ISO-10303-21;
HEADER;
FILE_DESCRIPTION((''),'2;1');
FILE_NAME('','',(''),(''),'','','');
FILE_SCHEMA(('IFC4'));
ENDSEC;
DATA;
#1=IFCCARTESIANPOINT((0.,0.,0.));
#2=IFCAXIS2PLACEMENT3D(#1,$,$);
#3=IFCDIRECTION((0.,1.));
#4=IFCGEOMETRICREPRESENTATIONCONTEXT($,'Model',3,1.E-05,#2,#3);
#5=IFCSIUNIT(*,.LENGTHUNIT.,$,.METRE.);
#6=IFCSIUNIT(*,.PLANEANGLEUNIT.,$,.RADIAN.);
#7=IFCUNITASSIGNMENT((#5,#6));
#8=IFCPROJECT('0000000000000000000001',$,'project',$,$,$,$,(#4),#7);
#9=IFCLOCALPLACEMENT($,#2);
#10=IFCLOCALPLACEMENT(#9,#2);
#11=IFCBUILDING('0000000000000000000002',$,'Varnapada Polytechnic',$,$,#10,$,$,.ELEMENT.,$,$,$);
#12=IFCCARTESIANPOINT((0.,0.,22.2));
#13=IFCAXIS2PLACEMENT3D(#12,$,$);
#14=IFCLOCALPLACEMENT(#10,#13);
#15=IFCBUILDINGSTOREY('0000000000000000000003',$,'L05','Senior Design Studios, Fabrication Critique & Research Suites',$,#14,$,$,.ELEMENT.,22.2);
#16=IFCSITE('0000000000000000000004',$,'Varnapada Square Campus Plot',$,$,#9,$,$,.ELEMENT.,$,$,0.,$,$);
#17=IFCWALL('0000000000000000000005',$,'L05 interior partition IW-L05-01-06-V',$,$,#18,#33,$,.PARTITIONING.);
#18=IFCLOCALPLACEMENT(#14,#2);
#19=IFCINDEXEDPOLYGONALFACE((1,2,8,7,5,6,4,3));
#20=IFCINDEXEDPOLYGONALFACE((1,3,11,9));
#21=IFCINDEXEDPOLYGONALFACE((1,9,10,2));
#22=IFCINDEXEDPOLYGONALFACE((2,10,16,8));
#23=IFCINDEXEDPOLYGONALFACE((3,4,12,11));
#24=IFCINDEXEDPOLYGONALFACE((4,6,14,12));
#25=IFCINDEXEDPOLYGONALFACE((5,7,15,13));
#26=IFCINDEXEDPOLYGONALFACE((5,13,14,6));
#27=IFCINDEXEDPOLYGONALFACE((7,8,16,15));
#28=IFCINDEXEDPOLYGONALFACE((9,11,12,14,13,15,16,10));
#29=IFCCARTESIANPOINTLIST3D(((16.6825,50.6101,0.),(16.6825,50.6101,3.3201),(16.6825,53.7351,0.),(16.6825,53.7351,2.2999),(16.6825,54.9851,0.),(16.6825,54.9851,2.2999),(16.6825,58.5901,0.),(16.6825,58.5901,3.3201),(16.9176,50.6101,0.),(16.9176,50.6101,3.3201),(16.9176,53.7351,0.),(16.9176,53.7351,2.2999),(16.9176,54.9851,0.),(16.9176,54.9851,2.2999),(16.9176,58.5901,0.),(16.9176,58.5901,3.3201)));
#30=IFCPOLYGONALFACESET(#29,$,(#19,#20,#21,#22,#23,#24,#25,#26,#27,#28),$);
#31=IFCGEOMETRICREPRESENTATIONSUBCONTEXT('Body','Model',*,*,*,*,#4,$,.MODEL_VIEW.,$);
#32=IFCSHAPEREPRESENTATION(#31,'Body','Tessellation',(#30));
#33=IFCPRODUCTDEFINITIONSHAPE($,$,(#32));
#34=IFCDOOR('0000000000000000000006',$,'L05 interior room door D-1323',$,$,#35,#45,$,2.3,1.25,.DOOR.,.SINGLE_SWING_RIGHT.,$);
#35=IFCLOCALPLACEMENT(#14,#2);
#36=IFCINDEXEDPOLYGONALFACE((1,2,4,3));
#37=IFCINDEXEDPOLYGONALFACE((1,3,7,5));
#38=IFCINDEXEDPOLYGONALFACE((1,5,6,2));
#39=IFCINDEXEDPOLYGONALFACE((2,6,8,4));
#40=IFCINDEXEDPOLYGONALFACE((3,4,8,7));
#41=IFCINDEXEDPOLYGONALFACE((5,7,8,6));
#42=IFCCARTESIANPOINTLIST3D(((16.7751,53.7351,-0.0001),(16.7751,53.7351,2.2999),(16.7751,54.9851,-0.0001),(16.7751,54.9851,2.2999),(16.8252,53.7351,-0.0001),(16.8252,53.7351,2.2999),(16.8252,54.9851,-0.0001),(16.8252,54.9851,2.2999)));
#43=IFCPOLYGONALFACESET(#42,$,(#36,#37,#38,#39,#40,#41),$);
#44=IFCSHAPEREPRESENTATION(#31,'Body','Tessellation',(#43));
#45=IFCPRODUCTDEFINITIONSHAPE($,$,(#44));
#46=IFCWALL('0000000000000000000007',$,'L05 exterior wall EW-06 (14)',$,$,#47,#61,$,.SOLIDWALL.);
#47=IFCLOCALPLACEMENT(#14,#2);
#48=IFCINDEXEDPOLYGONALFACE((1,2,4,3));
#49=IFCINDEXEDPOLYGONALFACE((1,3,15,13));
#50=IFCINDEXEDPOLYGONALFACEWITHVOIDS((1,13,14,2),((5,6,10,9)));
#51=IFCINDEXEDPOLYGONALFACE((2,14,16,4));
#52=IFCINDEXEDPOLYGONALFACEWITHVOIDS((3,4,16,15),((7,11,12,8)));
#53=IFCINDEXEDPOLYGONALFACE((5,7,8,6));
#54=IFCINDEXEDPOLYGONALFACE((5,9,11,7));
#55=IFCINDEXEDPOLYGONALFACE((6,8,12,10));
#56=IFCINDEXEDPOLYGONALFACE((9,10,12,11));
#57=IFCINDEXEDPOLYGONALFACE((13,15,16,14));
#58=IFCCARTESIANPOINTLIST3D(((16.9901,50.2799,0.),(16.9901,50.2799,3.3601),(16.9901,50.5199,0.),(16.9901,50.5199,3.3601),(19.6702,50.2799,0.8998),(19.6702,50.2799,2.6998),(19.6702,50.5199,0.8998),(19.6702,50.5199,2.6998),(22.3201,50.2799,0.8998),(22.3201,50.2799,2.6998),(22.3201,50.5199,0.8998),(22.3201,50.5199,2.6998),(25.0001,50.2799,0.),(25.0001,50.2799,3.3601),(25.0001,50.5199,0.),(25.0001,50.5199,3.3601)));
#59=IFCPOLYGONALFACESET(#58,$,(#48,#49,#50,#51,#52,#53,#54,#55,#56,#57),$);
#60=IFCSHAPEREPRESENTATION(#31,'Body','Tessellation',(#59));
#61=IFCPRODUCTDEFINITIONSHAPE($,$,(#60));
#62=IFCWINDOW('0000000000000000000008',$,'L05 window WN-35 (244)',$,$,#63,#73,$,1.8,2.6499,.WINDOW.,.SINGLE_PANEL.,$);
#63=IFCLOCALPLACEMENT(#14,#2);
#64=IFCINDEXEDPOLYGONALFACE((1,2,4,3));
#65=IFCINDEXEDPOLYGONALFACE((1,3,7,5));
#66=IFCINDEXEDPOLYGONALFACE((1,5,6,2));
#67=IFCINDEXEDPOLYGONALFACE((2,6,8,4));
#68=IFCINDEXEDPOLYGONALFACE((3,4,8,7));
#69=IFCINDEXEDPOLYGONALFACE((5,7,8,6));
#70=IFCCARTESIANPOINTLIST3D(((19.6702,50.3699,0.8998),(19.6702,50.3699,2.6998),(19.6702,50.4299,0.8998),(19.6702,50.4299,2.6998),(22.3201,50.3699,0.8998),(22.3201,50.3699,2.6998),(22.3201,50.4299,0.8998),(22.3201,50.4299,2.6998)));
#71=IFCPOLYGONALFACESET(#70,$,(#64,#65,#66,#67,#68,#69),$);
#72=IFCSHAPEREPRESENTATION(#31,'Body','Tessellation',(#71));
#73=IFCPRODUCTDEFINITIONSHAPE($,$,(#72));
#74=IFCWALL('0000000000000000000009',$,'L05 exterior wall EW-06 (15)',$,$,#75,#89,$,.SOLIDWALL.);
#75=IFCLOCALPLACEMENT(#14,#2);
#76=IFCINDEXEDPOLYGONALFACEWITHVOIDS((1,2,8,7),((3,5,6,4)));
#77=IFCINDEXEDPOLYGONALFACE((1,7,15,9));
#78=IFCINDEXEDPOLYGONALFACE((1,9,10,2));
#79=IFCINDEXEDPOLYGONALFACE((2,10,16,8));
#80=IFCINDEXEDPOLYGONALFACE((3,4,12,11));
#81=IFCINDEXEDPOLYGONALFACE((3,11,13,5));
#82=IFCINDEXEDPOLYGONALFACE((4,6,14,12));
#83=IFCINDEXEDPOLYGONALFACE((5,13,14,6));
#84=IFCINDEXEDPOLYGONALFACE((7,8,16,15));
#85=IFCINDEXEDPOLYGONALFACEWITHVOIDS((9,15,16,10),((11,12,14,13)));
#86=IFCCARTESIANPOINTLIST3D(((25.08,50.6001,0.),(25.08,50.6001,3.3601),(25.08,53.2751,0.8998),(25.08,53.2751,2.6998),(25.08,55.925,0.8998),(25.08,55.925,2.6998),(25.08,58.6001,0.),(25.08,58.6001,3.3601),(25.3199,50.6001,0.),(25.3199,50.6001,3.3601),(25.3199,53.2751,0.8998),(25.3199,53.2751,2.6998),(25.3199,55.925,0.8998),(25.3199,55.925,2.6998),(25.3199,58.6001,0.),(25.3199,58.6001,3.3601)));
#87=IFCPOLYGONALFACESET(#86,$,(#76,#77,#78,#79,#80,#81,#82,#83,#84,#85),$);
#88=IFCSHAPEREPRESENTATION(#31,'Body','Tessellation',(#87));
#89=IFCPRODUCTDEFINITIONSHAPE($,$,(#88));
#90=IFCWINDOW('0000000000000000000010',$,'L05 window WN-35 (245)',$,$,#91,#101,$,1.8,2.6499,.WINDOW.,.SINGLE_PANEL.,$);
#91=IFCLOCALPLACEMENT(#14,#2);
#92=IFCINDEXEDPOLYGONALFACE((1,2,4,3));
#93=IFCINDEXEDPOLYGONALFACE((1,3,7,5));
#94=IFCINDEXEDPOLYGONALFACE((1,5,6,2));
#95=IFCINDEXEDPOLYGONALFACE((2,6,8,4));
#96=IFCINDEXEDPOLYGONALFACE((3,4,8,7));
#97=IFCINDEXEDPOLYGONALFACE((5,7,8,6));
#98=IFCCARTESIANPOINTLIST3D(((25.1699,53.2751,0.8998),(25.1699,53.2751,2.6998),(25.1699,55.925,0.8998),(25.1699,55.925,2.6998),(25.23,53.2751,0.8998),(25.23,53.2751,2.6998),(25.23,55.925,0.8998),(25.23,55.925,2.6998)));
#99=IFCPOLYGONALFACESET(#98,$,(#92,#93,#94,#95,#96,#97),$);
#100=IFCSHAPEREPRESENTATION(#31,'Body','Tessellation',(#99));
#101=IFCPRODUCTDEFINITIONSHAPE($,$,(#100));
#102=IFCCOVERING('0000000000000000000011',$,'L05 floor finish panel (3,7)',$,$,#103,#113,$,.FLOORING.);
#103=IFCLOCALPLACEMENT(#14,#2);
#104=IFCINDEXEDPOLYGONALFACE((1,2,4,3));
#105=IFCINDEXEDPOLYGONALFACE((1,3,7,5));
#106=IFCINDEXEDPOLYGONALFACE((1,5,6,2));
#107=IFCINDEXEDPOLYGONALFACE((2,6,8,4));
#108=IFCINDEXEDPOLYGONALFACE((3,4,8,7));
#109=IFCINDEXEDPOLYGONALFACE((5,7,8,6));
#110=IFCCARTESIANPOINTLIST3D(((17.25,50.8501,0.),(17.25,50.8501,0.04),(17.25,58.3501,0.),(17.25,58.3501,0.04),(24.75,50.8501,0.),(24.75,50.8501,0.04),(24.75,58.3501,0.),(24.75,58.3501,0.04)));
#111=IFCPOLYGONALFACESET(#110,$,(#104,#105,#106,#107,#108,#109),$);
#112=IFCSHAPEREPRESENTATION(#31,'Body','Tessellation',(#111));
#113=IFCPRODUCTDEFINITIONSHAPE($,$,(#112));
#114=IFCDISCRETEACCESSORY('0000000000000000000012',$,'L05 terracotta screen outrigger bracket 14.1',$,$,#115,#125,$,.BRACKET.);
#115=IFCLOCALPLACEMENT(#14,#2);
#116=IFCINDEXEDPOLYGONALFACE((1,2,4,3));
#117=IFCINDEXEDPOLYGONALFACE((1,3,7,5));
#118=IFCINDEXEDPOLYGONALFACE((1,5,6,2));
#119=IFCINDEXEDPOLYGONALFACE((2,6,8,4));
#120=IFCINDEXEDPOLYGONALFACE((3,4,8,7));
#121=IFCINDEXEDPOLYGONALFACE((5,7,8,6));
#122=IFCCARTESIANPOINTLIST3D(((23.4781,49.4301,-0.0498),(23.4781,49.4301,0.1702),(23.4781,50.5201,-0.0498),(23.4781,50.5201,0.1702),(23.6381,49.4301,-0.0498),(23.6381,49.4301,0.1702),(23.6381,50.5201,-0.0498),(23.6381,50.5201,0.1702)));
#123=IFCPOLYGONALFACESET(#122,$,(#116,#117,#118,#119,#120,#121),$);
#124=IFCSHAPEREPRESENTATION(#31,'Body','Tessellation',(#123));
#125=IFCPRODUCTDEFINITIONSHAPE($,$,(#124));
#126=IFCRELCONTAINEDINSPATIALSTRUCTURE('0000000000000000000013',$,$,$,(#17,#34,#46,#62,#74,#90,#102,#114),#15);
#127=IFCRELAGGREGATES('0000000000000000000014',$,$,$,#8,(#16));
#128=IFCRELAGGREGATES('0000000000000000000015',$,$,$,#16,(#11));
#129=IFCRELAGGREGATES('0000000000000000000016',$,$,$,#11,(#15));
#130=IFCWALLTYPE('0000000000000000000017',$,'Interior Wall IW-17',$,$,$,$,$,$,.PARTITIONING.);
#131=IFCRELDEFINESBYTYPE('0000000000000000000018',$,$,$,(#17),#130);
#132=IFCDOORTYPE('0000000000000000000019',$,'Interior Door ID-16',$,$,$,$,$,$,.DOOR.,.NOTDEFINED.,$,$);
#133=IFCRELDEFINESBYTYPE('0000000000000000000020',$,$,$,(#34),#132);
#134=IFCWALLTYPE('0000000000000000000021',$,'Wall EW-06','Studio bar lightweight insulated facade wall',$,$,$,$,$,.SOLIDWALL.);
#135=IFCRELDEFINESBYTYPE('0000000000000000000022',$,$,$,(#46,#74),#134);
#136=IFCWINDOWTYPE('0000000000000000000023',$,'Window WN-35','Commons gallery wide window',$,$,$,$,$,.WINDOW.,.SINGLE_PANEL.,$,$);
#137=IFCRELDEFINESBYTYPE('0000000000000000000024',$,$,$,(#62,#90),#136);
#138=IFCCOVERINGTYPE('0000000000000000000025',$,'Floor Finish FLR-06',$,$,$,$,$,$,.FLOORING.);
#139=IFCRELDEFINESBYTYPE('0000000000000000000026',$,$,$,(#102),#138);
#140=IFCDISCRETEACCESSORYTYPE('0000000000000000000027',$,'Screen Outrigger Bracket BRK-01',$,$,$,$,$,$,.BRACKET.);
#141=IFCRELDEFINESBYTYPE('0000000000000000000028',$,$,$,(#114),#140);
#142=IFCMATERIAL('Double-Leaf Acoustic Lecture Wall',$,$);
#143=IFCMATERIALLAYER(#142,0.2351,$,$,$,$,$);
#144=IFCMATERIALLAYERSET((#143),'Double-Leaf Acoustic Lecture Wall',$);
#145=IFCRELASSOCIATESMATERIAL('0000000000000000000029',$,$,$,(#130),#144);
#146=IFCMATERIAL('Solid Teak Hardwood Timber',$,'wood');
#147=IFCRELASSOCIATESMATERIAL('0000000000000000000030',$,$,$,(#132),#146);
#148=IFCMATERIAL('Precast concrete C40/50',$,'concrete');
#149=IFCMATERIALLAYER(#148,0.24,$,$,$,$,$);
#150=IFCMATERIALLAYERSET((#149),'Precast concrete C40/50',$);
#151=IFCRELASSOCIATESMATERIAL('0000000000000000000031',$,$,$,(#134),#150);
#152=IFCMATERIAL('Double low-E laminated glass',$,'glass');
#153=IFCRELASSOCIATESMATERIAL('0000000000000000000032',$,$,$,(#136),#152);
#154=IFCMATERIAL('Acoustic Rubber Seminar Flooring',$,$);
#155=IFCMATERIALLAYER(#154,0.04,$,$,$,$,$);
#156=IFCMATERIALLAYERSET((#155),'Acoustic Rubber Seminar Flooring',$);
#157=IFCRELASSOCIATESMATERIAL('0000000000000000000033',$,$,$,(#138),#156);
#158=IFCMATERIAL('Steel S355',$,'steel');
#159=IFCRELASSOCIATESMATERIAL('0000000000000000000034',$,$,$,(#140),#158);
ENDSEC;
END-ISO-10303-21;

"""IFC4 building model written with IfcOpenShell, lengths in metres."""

from ifc_helpers import new_model, si_unit, direction, frame, frame_2d, origin, origin_2d, place, context, subcontext, project, spatial, rectangle, extrude, material, layer, layer_set, type_object, element, fill, save


model = new_model("IFC4")

# Units and contexts
model_context = context("Model", 3, precision=1e-05, world=origin(), true_north=direction((0.0, 1.0)))
body_context = subcontext(model_context, "Body", "Model", "MODEL_VIEW")
ifc_project = project(units=[si_unit("LENGTHUNIT", "METRE"), si_unit("PLANEANGLEUNIT", "RADIAN")], contexts=[model_context])

# Site, building, storey
site_placement = place(None, origin())
site = spatial("IfcSite", under=ifc_project, at=site_placement, Name="Varnapada Square Campus Plot", CompositionType="ELEMENT", RefElevation=0.0)
building_placement = place(site_placement, origin())
building = spatial("IfcBuilding", under=site, at=building_placement, Name="Varnapada Polytechnic", CompositionType="ELEMENT")
storey_placement = place(building_placement, frame((0.0, 0.0, 22.2)))
storey = spatial("IfcBuildingStorey", under=building, at=storey_placement, Name="L05", Description="Senior Design Studios, Fabrication Critique & Research Suites", CompositionType="ELEMENT", Elevation=22.2)

# Wall, opening, door
ifc_material_1 = material(Name="Double-Leaf Acoustic Lecture Wall")
ifc_layer_1 = layer(ifc_material_1, 0.2351)
ifc_layer_set_1 = layer_set([ifc_layer_1], Name="Double-Leaf Acoustic Lecture Wall")
wall_type_1 = type_object("IfcWallType", Name="Interior Wall IW-17", PredefinedType="PARTITIONING", material=ifc_layer_set_1)
wall_1_placement = place(storey_placement, frame((16.8, 50.6101, 0.0), z_axis=(0.0, 0.0, 1.0), x_axis=(0.0, 1.0, 0.0)))
wall_1 = element("IfcWall", 1, at=wall_1_placement, inside=storey, type_object=wall_type_1, Name="L05 interior partition IW-L05-01-06-V", PredefinedType="PARTITIONING", context=body_context, shape_type="SweptSolid", body=[
    extrude(rectangle(XDim=7.98, YDim=0.2351, at=frame_2d((3.99, 0.0))), origin(), (0.0, 0.0, 1.0), 3.3201),
])
opening_1_placement = place(wall_1_placement, frame((3.125, 0.0, 0.0)))
opening_1 = element("IfcOpeningElement", 2, at=opening_1_placement, cuts=wall_1, PredefinedType="OPENING", context=body_context, shape_type="SweptSolid", body=[
    extrude(rectangle(XDim=1.25, YDim=2.3, at=frame_2d((0.625, 1.1499))), frame((0.0, 0.1274, 0.0), z_axis=(0.0, -1.0, 0.0), x_axis=(1.0, 0.0, 0.0)), (0.0, 0.0, 1.0), 0.2551),
])
ifc_material_2 = material(Name="Solid Teak Hardwood Timber", Category="wood")
door_type_1 = type_object("IfcDoorType", Name="Interior Door ID-16", OperationType="NOTDEFINED", PredefinedType="DOOR", material=ifc_material_2)
door_1_placement = place(opening_1_placement, origin())
door_1 = element("IfcDoor", 3, at=door_1_placement, inside=storey, type_object=door_type_1, Name="L05 interior room door D-1323", OperationType="SINGLE_SWING_RIGHT", OverallHeight=2.3, OverallWidth=1.25, PredefinedType="DOOR", context=body_context, shape_type="SweptSolid", body=[
    extrude(rectangle(XDim=1.25, YDim=2.3, at=frame_2d((0.625, 1.1499))), frame((0.0, 0.0249, 0.0), z_axis=(0.0, -1.0, 0.0), x_axis=(1.0, 0.0, 0.0)), (0.0, 0.0, 1.0), 0.05),
])
fill(opening_1, door_1)

# Walls, openings, windows
ifc_material_3 = material(Name="Precast concrete C40/50", Category="concrete")
ifc_layer_2 = layer(ifc_material_3, 0.24)
ifc_layer_set_2 = layer_set([ifc_layer_2], Name="Precast concrete C40/50")
wall_type_2 = type_object("IfcWallType", Name="Wall EW-06", Description="Studio bar lightweight insulated facade wall", PredefinedType="SOLIDWALL", material=ifc_layer_set_2)
wall_2_placement = place(storey_placement, frame((25.0, 50.3999, 0.0), z_axis=(0.0, 0.0, 1.0), x_axis=(-1.0, 0.0, 0.0)))
wall_2 = element("IfcWall", 4, at=wall_2_placement, inside=storey, type_object=wall_type_2, Name="L05 exterior wall EW-06 (14)", PredefinedType="SOLIDWALL", context=body_context, shape_type="SweptSolid", body=[
    extrude(rectangle(XDim=8.01, YDim=0.24, at=frame_2d((4.0049, 0.0))), origin(), (0.0, 0.0, 1.0), 3.3601),
])
opening_2_placement = place(wall_2_placement, frame((2.6799, 0.0, 0.8999)))
opening_2 = element("IfcOpeningElement", 5, at=opening_2_placement, cuts=wall_2, PredefinedType="OPENING", context=body_context, shape_type="SweptSolid", body=[
    extrude(rectangle(XDim=2.6499, YDim=1.8, at=frame_2d((1.325, 0.8999))), frame((0.0, 0.1299, 0.0), z_axis=(0.0, -1.0, 0.0), x_axis=(1.0, 0.0, 0.0)), (0.0, 0.0, 1.0), 0.26),
])
ifc_material_4 = material(Name="Double low-E laminated glass", Category="glass")
window_type = type_object("IfcWindowType", Name="Window WN-35", Description="Commons gallery wide window", PartitioningType="SINGLE_PANEL", PredefinedType="WINDOW", material=ifc_material_4)
window_1_placement = place(opening_2_placement, origin())
window_1 = element("IfcWindow", 6, at=window_1_placement, inside=storey, type_object=window_type, Name="L05 window WN-35 (244)", OverallHeight=1.8, OverallWidth=2.6499, PartitioningType="SINGLE_PANEL", PredefinedType="WINDOW", context=body_context, shape_type="SweptSolid", body=[
    extrude(rectangle(XDim=2.6499, YDim=1.8, at=frame_2d((1.325, 0.8999))), frame((0.0, 0.03, 0.0), z_axis=(0.0, -1.0, 0.0), x_axis=(1.0, 0.0, 0.0)), (0.0, 0.0, 1.0), 0.0601),
])
fill(opening_2, window_1)
wall_3_placement = place(storey_placement, frame((25.2, 58.6001, 0.0), z_axis=(0.0, 0.0, 1.0), x_axis=(0.0, -1.0, 0.0)))
wall_3 = element("IfcWall", 7, at=wall_3_placement, inside=storey, type_object=wall_type_2, Name="L05 exterior wall EW-06 (15)", PredefinedType="SOLIDWALL", context=body_context, shape_type="SweptSolid", body=[
    extrude(rectangle(XDim=8.0, YDim=0.24, at=frame_2d((4.0, 0.0))), origin(), (0.0, 0.0, 1.0), 3.3601),
])
opening_3_placement = place(wall_3_placement, frame((2.675, 0.0, 0.8999)))
opening_3 = element("IfcOpeningElement", 8, at=opening_3_placement, cuts=wall_3, PredefinedType="OPENING", context=body_context, shape_type="SweptSolid", body=[
    extrude(rectangle(XDim=2.6499, YDim=1.8, at=frame_2d((1.325, 0.8999))), frame((0.0, 0.1299, 0.0), z_axis=(0.0, -1.0, 0.0), x_axis=(1.0, 0.0, 0.0)), (0.0, 0.0, 1.0), 0.26),
])
window_2_placement = place(opening_3_placement, origin())
window_2 = element("IfcWindow", 9, at=window_2_placement, inside=storey, type_object=window_type, Name="L05 window WN-35 (245)", OverallHeight=1.8, OverallWidth=2.6499, PartitioningType="SINGLE_PANEL", PredefinedType="WINDOW", context=body_context, shape_type="SweptSolid", body=[
    extrude(rectangle(XDim=2.6499, YDim=1.8, at=frame_2d((1.325, 0.8999))), frame((0.0, 0.03, 0.0), z_axis=(0.0, -1.0, 0.0), x_axis=(1.0, 0.0, 0.0)), (0.0, 0.0, 1.0), 0.0601),
])
fill(opening_3, window_2)

# Covering
ifc_material_5 = material(Name="Acoustic Rubber Seminar Flooring")
ifc_layer_3 = layer(ifc_material_5, 0.04)
ifc_layer_set_3 = layer_set([ifc_layer_3], Name="Acoustic Rubber Seminar Flooring")
covering_type = type_object("IfcCoveringType", Name="Floor Finish FLR-06", PredefinedType="FLOORING", material=ifc_layer_set_3)
covering_placement = place(storey_placement, frame((21.0, 54.6001, 0.0), z_axis=(0.0, 0.0, 1.0), x_axis=(1.0, 0.0, 0.0)))
element("IfcCovering", 10, at=covering_placement, inside=storey, type_object=covering_type, Name="L05 floor finish panel (3,7)", PredefinedType="FLOORING", context=body_context, shape_type="SweptSolid", body=[
    extrude(rectangle(XDim=7.5, YDim=7.5, at=origin_2d()), origin(), (0.0, 0.0, 1.0), 0.04),
])

# Discrete accessory
ifc_material_6 = material(Name="Steel S355", Category="steel")
discrete_accessory_type = type_object("IfcDiscreteAccessoryType", Name="Screen Outrigger Bracket BRK-01", PredefinedType="BRACKET", material=ifc_material_6)
discrete_accessory_placement = place(storey_placement, frame((23.5581, 49.9751, -0.0498), z_axis=(0.0, 0.0, 1.0), x_axis=(-1.0, 0.0, 0.0)))
element("IfcDiscreteAccessory", 11, at=discrete_accessory_placement, inside=storey, type_object=discrete_accessory_type, Name="L05 terracotta screen outrigger bracket 14.1", PredefinedType="BRACKET", context=body_context, shape_type="SweptSolid", body=[
    extrude(rectangle(XDim=0.1599, YDim=1.0901, at=origin_2d()), origin(), (0.0, 0.0, 1.0), 0.22),
])

save(model, "model.ifc")
